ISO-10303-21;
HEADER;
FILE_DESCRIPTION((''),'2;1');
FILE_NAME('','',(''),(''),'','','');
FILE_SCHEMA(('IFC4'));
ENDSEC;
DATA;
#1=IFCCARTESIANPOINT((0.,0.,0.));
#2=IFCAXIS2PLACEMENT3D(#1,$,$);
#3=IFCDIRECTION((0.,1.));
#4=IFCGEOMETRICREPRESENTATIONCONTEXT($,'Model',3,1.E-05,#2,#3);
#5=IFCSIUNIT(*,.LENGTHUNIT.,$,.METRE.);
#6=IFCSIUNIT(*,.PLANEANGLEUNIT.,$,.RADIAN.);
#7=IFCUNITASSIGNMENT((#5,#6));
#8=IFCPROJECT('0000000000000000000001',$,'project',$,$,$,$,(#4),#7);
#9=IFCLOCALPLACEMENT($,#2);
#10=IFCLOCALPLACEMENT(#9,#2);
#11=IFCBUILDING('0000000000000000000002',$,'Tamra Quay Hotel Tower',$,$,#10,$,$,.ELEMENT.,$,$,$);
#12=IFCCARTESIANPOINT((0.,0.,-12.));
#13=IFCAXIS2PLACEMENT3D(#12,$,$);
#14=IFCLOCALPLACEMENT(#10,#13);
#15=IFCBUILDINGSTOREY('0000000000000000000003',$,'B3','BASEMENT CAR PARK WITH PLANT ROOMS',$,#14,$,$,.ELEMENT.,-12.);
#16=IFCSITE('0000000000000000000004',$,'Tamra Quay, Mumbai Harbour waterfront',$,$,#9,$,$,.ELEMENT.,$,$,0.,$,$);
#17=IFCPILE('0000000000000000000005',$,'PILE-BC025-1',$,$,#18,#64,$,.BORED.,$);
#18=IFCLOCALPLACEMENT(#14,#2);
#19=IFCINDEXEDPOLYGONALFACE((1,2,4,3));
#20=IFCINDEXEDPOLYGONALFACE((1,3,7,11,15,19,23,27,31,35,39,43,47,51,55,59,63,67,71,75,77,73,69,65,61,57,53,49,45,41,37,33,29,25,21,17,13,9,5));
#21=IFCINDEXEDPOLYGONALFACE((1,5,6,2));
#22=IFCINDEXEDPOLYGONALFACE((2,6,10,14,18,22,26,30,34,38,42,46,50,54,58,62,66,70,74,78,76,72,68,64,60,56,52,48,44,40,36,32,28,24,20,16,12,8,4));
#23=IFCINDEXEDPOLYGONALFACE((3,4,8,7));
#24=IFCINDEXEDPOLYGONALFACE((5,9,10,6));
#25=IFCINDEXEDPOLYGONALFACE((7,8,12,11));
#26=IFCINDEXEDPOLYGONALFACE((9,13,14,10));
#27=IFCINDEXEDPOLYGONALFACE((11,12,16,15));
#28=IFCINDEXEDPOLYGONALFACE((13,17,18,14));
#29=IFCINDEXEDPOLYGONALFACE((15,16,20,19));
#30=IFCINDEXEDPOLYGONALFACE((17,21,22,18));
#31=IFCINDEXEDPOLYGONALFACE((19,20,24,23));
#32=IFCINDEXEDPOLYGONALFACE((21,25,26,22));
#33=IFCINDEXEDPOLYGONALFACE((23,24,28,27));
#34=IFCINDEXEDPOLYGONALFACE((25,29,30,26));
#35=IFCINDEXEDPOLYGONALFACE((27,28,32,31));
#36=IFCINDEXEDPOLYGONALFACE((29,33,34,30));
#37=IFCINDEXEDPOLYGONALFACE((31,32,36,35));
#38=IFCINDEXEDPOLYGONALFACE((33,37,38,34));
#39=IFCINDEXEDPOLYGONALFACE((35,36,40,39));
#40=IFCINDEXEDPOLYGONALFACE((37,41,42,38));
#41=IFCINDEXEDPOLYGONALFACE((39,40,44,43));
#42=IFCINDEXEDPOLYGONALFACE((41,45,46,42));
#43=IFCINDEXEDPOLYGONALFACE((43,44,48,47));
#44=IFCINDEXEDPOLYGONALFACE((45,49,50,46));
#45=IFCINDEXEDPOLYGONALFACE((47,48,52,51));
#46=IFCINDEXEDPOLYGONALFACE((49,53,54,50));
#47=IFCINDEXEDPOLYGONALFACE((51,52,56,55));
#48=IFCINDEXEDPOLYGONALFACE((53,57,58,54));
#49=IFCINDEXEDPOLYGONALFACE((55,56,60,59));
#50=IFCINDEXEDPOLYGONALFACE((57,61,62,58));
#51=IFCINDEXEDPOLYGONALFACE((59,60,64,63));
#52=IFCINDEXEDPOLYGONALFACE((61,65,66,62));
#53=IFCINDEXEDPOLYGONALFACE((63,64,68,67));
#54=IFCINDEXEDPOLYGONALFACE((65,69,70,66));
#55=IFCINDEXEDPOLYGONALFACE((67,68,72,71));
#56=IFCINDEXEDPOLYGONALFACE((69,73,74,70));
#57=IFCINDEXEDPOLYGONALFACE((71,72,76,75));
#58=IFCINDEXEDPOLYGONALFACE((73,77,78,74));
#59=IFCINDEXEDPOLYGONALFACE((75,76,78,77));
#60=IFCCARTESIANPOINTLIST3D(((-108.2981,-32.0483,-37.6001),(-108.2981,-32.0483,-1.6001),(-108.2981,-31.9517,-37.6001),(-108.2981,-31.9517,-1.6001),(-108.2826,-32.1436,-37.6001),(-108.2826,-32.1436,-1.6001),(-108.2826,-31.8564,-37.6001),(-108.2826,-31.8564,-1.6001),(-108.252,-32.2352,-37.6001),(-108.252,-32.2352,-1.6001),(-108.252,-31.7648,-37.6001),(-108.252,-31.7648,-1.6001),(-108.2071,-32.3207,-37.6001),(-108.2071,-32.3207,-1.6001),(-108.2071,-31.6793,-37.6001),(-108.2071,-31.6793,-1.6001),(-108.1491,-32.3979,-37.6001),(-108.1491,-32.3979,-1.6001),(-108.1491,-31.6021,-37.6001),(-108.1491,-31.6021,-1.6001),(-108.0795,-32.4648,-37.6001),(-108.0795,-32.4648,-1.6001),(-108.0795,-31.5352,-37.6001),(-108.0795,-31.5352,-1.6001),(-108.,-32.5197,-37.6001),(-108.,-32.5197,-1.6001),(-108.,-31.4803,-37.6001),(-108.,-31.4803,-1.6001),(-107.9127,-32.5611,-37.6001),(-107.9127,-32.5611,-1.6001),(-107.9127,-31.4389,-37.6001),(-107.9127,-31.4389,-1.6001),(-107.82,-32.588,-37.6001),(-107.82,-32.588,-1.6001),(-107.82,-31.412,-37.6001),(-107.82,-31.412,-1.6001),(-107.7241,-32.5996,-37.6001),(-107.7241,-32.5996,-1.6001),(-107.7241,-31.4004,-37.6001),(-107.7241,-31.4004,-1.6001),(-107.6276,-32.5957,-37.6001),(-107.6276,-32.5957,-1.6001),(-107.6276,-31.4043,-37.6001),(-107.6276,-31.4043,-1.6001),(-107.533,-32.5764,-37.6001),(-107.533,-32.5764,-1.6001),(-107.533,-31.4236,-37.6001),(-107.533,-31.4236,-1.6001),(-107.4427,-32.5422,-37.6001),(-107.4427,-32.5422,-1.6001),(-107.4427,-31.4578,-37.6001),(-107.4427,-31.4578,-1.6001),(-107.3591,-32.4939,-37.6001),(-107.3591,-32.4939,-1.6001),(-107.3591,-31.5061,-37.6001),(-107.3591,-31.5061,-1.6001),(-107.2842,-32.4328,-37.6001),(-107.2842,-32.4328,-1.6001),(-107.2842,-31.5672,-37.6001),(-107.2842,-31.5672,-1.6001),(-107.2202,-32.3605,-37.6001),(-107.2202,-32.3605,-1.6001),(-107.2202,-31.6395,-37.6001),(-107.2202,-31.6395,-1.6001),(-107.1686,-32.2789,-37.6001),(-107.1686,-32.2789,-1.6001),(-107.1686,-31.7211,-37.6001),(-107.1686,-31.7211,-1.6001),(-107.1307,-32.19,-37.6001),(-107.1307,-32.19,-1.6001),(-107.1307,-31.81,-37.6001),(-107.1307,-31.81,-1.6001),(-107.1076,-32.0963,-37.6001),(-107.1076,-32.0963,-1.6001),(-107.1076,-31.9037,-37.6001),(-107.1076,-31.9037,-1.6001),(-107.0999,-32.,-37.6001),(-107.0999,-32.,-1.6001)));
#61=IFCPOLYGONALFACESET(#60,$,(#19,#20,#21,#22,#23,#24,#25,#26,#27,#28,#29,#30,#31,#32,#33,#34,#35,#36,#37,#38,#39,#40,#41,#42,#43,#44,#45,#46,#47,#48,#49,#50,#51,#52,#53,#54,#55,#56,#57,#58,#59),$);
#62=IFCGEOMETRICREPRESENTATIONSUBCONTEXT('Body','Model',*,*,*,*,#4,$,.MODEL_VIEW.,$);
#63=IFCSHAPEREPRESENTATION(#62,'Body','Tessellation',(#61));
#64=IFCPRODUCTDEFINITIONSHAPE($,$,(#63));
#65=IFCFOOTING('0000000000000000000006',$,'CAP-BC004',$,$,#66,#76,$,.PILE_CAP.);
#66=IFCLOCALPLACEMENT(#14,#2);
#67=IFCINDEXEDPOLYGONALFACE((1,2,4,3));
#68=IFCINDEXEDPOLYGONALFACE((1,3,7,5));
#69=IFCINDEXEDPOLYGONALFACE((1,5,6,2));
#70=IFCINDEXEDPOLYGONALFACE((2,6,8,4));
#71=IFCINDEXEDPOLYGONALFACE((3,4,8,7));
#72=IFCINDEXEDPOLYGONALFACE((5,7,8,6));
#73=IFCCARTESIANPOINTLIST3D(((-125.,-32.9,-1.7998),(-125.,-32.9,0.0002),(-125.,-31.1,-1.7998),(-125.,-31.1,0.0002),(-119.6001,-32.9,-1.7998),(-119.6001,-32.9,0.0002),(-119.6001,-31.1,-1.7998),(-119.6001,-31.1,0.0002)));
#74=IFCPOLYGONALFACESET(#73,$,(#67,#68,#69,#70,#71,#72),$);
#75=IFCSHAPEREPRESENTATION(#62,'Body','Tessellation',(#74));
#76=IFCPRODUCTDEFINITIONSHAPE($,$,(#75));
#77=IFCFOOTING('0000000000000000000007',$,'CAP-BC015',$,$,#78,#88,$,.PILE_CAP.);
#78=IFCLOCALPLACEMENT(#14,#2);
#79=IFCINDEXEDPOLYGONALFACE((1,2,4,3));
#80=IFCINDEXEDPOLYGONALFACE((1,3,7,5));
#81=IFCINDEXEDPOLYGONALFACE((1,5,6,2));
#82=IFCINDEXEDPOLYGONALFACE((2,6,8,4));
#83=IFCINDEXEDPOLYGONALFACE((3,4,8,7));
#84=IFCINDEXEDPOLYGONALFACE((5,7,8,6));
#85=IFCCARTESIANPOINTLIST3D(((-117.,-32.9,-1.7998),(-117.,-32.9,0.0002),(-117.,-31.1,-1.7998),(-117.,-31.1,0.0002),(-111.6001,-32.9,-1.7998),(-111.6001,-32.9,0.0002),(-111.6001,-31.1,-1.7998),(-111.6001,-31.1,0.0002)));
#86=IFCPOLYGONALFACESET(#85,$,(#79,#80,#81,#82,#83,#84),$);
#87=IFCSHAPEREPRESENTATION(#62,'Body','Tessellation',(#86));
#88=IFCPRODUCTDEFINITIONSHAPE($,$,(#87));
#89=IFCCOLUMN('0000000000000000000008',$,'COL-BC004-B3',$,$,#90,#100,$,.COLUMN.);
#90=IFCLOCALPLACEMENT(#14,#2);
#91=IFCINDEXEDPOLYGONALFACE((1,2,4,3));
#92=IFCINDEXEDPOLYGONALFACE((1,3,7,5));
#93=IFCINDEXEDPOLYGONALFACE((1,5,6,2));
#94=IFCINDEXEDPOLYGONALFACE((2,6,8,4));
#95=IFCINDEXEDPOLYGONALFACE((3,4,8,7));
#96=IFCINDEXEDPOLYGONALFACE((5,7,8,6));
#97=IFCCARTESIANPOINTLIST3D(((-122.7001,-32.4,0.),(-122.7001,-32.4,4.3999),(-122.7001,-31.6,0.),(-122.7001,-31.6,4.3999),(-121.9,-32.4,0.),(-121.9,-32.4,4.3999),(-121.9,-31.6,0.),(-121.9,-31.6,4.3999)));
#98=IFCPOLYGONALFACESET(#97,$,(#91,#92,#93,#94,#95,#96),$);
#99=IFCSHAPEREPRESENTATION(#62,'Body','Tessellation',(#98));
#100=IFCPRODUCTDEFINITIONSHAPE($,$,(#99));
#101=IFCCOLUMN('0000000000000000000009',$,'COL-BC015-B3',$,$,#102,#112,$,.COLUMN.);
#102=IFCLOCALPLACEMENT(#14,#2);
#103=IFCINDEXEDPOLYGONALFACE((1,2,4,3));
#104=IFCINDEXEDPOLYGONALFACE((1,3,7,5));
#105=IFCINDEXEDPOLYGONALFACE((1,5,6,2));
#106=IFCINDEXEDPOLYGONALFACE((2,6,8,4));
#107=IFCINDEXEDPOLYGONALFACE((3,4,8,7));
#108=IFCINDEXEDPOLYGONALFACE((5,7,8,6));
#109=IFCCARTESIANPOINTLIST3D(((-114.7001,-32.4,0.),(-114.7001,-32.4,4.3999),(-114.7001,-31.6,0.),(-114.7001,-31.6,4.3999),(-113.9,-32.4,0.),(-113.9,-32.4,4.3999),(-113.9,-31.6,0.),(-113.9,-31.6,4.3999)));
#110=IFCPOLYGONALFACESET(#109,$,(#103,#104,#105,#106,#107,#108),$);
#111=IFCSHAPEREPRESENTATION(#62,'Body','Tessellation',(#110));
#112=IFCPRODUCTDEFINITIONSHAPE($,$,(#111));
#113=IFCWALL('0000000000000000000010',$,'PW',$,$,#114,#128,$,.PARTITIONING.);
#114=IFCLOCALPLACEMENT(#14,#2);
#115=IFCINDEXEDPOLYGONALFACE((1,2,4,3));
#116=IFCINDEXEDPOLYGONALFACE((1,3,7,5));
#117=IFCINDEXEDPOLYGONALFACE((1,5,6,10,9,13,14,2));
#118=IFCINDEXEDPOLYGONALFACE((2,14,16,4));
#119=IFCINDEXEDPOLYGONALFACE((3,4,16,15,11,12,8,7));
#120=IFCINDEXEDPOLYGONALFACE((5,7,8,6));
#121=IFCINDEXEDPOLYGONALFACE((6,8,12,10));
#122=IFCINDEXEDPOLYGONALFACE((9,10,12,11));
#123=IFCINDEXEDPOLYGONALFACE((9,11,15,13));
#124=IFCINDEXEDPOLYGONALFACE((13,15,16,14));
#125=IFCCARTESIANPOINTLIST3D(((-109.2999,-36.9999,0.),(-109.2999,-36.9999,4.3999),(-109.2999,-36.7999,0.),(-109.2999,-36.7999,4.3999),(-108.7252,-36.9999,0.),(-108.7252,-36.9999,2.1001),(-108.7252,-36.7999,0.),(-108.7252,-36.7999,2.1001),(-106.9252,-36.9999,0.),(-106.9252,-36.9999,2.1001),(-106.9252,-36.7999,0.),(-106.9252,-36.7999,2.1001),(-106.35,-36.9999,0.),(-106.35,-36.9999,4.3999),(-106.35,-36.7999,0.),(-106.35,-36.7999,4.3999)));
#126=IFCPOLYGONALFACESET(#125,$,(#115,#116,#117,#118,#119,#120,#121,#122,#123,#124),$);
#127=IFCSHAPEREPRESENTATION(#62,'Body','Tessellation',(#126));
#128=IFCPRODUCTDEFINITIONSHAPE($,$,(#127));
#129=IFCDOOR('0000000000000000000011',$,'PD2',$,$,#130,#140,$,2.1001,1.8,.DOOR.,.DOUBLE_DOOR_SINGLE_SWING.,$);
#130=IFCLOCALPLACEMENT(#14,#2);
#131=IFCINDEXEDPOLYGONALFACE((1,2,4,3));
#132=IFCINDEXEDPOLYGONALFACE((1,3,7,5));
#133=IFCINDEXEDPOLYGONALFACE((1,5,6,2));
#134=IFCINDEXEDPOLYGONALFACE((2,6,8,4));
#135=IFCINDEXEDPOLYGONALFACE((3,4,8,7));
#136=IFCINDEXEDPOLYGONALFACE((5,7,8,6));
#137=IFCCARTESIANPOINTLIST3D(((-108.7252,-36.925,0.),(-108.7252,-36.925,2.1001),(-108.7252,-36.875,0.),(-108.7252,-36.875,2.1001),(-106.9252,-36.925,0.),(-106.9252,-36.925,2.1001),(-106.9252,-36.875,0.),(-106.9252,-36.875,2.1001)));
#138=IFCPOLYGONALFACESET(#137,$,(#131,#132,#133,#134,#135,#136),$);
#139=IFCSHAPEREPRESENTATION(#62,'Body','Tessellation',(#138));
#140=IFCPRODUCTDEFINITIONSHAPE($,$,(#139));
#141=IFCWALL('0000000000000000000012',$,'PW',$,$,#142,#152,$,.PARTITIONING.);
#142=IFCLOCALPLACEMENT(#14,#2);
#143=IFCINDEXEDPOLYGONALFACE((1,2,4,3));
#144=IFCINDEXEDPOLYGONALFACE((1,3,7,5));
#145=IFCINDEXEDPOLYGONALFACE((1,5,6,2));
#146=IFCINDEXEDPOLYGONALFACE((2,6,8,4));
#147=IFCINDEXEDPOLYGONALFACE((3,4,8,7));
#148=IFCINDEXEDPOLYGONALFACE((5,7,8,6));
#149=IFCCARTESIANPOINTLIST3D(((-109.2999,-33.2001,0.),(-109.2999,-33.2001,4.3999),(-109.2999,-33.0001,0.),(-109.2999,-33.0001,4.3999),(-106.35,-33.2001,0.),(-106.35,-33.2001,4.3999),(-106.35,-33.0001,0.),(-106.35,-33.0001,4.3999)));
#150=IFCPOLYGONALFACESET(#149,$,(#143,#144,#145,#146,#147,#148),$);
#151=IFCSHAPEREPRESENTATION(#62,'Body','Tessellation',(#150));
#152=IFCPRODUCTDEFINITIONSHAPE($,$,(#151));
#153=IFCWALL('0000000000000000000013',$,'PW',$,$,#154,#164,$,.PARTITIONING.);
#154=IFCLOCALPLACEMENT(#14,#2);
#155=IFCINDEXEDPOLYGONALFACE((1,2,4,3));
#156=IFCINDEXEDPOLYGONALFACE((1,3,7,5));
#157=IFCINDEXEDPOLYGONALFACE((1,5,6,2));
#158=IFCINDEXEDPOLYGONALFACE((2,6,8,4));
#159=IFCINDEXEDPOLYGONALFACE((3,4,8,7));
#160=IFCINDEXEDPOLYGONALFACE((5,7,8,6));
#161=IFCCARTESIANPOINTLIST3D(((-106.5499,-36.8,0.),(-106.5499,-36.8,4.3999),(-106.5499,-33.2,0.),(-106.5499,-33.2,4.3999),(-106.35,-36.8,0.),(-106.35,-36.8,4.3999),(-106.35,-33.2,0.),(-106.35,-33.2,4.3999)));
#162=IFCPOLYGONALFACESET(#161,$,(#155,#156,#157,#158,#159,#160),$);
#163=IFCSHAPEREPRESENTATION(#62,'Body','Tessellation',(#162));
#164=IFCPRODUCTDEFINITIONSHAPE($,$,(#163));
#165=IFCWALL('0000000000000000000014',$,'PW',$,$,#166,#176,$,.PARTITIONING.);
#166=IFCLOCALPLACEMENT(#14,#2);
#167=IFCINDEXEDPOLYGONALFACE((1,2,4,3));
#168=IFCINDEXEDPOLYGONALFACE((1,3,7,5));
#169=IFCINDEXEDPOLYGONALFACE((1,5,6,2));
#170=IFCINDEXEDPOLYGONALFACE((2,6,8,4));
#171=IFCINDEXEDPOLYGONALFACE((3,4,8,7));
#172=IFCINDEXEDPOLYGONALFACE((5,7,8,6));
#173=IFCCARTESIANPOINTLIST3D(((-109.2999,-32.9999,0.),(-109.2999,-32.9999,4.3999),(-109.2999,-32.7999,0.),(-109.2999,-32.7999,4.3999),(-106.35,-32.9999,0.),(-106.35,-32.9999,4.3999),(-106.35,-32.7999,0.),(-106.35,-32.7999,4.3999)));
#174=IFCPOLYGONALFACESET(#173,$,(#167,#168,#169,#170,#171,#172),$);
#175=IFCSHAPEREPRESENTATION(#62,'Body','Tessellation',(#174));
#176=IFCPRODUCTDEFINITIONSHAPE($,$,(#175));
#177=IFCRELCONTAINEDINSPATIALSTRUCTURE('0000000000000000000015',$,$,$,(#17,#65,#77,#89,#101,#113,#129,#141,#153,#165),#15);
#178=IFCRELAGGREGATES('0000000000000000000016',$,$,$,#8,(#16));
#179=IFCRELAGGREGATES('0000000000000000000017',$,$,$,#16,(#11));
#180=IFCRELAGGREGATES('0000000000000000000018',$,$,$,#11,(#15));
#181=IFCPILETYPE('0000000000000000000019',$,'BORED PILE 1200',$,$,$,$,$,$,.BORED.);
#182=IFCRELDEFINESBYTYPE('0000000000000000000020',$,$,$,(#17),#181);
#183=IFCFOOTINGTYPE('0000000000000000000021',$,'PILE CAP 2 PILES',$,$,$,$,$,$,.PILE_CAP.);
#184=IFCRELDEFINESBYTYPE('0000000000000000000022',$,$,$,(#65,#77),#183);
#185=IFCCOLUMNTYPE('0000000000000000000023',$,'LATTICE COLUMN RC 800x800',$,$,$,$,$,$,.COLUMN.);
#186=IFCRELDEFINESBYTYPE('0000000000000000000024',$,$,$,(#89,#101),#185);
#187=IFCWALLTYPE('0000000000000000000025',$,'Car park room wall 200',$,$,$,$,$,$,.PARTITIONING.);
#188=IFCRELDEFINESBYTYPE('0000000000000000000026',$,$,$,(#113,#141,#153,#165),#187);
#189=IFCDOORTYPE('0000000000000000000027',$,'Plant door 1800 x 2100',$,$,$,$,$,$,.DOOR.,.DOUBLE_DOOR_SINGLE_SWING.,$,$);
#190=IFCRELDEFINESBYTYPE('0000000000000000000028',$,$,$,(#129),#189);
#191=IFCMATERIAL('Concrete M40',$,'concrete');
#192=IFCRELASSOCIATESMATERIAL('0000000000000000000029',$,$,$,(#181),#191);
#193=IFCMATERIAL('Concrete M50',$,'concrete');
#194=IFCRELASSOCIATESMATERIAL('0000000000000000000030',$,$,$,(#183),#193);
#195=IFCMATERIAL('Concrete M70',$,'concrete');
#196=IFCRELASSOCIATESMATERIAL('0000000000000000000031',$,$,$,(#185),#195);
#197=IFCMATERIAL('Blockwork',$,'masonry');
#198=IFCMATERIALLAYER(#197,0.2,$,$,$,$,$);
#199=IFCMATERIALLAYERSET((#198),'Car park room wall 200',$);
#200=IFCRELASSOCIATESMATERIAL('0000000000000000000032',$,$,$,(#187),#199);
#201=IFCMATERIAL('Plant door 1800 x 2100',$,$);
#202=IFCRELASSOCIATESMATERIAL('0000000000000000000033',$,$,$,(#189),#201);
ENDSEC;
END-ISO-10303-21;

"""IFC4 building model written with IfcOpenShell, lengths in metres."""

from ifc_helpers import new_model, si_unit, direction, frame, frame_2d, origin, origin_2d, place, context, subcontext, project, spatial, rectangle, circle, extrude, material, layer, layer_set, material_profile, profile_set, type_object, element, fill, save


model = new_model("IFC4")

# Units and contexts
model_context = context("Model", 3, precision=1e-05, world=origin(), true_north=direction((0.0, 1.0)))
body_context = subcontext(model_context, "Body", "Model", "MODEL_VIEW")
ifc_project = project(units=[si_unit("LENGTHUNIT", "METRE"), si_unit("PLANEANGLEUNIT", "RADIAN")], contexts=[model_context])

# Site, building, storey
site_placement = place(None, origin())
site = spatial("IfcSite", under=ifc_project, at=site_placement, Name="Tamra Quay, Mumbai Harbour waterfront", CompositionType="ELEMENT", RefElevation=0.0)
building_placement = place(site_placement, origin())
building = spatial("IfcBuilding", under=site, at=building_placement, Name="Tamra Quay Hotel Tower", CompositionType="ELEMENT")
storey_placement = place(building_placement, frame((0.0, 0.0, -12.0)))
storey = spatial("IfcBuildingStorey", under=building, at=storey_placement, Name="B3", Description="BASEMENT CAR PARK WITH PLANT ROOMS", CompositionType="ELEMENT", Elevation=-12.0)

# Pile
ifc_material_1 = material(Name="Concrete M40", Category="concrete")
ifc_material_profile_1 = material_profile(ifc_material_1, circle(Radius=0.6001, at=origin_2d()), Name="BORED PILE 1200")
ifc_profile_set_1 = profile_set([ifc_material_profile_1], Name="Concrete M40")
pile_type = type_object("IfcPileType", Name="BORED PILE 1200", PredefinedType="BORED", material=ifc_profile_set_1)
for number, where, z_axis, x_axis, name in (
    (1, (-107.7, -32.0, -1.6001), (0.0, 0.0, -1.0), (1.0, 0.0, 0.0), "PILE-BC025-1"),
):
    element("IfcPile", number, at=place(storey_placement, frame(where, z_axis=z_axis, x_axis=x_axis)), inside=storey, type_object=pile_type, Name=name, PredefinedType="BORED", context=body_context, shape_type="SweptSolid", body=[
        extrude(circle(Radius=0.6001, at=origin_2d()), origin(), (0.0, 0.0, 1.0), 36.0),
    ])

# Footings
ifc_material_2 = material(Name="Concrete M50", Category="concrete")
footing_type = type_object("IfcFootingType", Name="PILE CAP 2 PILES", PredefinedType="PILE_CAP", material=ifc_material_2)
for number, where, z_axis, x_axis, name in (
    (2, (-122.3, -32.0, -1.7998), (0.0, 0.0, 1.0), (1.0, 0.0, 0.0), "CAP-BC004"),
    (3, (-114.3, -32.0, -1.7998), (0.0, 0.0, 1.0), (1.0, 0.0, 0.0), "CAP-BC015"),
):
    element("IfcFooting", number, at=place(storey_placement, frame(where, z_axis=z_axis, x_axis=x_axis)), inside=storey, type_object=footing_type, Name=name, PredefinedType="PILE_CAP", context=body_context, shape_type="SweptSolid", body=[
        extrude(rectangle(XDim=5.3999, YDim=1.8, at=origin_2d()), origin(), (0.0, 0.0, 1.0), 1.8),
    ])

# Columns
ifc_material_3 = material(Name="Concrete M70", Category="concrete")
ifc_material_profile_2 = material_profile(ifc_material_3, rectangle(XDim=0.8, YDim=0.8, at=origin_2d()), Name="LATTICE COLUMN RC 800x800")
ifc_profile_set_2 = profile_set([ifc_material_profile_2], Name="Concrete M70")
column_type = type_object("IfcColumnType", Name="LATTICE COLUMN RC 800x800", PredefinedType="COLUMN", material=ifc_profile_set_2)
for number, where, z_axis, x_axis, name in (
    (4, (-122.3, -32.0, 0.0), (0.0, 0.0, 1.0), (1.0, 0.0, 0.0), "COL-BC004-B3"),
    (5, (-114.3, -32.0, 0.0), (0.0, 0.0, 1.0), (1.0, 0.0, 0.0), "COL-BC015-B3"),
):
    element("IfcColumn", number, at=place(storey_placement, frame(where, z_axis=z_axis, x_axis=x_axis)), inside=storey, type_object=column_type, Name=name, PredefinedType="COLUMN", context=body_context, shape_type="SweptSolid", body=[
        extrude(rectangle(XDim=0.8, YDim=0.8, at=origin_2d()), origin(), (0.0, 0.0, 1.0), 4.3999),
    ])

# Wall, opening, door
ifc_material_4 = material(Name="Blockwork", Category="masonry")
ifc_layer_1 = layer(ifc_material_4, 0.2)
ifc_layer_set_1 = layer_set([ifc_layer_1], Name="Car park room wall 200")
wall_type_1 = type_object("IfcWallType", Name="Car park room wall 200", PredefinedType="PARTITIONING", material=ifc_layer_set_1)
wall_1_placement = place(storey_placement, frame((-109.3, -36.8999, 0.0), z_axis=(0.0, 0.0, 1.0), x_axis=(1.0, 0.0, 0.0)))
wall_1 = element("IfcWall", 6, at=wall_1_placement, inside=storey, type_object=wall_type_1, Name="PW", PredefinedType="PARTITIONING", context=body_context, shape_type="SweptSolid", body=[
    extrude(rectangle(XDim=2.95, YDim=0.2, at=frame_2d((1.4751, 0.0))), origin(), (0.0, 0.0, 1.0), 4.3999),
])
opening_1_placement = place(wall_1_placement, frame((0.575, 0.0, 0.0)))
opening_1 = element("IfcOpeningElement", 7, at=opening_1_placement, cuts=wall_1, PredefinedType="OPENING", context=body_context, shape_type="SweptSolid", body=[
    extrude(rectangle(XDim=1.8, YDim=2.1001, at=frame_2d((0.8999, 1.05))), frame((0.0, 0.1099, 0.0), z_axis=(0.0, -1.0, 0.0), x_axis=(1.0, 0.0, 0.0)), (0.0, 0.0, 1.0), 0.22),
])
ifc_material_5 = material(Name="Plant door 1800 x 2100")
door_type_1 = type_object("IfcDoorType", Name="Plant door 1800 x 2100", OperationType="DOUBLE_DOOR_SINGLE_SWING", PredefinedType="DOOR", material=ifc_material_5)
door_1_placement = place(opening_1_placement, origin())
door_1 = element("IfcDoor", 8, at=door_1_placement, inside=storey, type_object=door_type_1, Name="PD2", OperationType="DOUBLE_DOOR_SINGLE_SWING", OverallHeight=2.1001, OverallWidth=1.8, PredefinedType="DOOR", context=body_context, shape_type="SweptSolid", body=[
    extrude(rectangle(XDim=1.8, YDim=2.1001, at=frame_2d((0.8999, 1.05))), frame((0.0, 0.0249, 0.0), z_axis=(0.0, -1.0, 0.0), x_axis=(1.0, 0.0, 0.0)), (0.0, 0.0, 1.0), 0.05),
])
fill(opening_1, door_1)

# Walls
wall_2_placement = place(storey_placement, frame((-109.3, -33.1001, 0.0), z_axis=(0.0, 0.0, 1.0), x_axis=(1.0, 0.0, 0.0)))
element("IfcWall", 9, at=wall_2_placement, inside=storey, type_object=wall_type_1, Name="PW", PredefinedType="PARTITIONING", context=body_context, shape_type="SweptSolid", body=[
    extrude(rectangle(XDim=2.95, YDim=0.2, at=frame_2d((1.4751, 0.0))), origin(), (0.0, 0.0, 1.0), 4.3999),
])
wall_3_placement = place(storey_placement, frame((-106.45, -36.8, 0.0), z_axis=(0.0, 0.0, 1.0), x_axis=(0.0, 1.0, 0.0)))
element("IfcWall", 10, at=wall_3_placement, inside=storey, type_object=wall_type_1, Name="PW", PredefinedType="PARTITIONING", context=body_context, shape_type="SweptSolid", body=[
    extrude(rectangle(XDim=3.6001, YDim=0.2, at=frame_2d((1.8, 0.0))), origin(), (0.0, 0.0, 1.0), 4.3999),
])
wall_4_placement = place(storey_placement, frame((-109.3, -32.8999, 0.0), z_axis=(0.0, 0.0, 1.0), x_axis=(1.0, 0.0, 0.0)))
element("IfcWall", 11, at=wall_4_placement, inside=storey, type_object=wall_type_1, Name="PW", PredefinedType="PARTITIONING", context=body_context, shape_type="SweptSolid", body=[
    extrude(rectangle(XDim=2.95, YDim=0.2, at=frame_2d((1.4751, 0.0))), origin(), (0.0, 0.0, 1.0), 4.3999),
])

save(model, "model.ifc")
